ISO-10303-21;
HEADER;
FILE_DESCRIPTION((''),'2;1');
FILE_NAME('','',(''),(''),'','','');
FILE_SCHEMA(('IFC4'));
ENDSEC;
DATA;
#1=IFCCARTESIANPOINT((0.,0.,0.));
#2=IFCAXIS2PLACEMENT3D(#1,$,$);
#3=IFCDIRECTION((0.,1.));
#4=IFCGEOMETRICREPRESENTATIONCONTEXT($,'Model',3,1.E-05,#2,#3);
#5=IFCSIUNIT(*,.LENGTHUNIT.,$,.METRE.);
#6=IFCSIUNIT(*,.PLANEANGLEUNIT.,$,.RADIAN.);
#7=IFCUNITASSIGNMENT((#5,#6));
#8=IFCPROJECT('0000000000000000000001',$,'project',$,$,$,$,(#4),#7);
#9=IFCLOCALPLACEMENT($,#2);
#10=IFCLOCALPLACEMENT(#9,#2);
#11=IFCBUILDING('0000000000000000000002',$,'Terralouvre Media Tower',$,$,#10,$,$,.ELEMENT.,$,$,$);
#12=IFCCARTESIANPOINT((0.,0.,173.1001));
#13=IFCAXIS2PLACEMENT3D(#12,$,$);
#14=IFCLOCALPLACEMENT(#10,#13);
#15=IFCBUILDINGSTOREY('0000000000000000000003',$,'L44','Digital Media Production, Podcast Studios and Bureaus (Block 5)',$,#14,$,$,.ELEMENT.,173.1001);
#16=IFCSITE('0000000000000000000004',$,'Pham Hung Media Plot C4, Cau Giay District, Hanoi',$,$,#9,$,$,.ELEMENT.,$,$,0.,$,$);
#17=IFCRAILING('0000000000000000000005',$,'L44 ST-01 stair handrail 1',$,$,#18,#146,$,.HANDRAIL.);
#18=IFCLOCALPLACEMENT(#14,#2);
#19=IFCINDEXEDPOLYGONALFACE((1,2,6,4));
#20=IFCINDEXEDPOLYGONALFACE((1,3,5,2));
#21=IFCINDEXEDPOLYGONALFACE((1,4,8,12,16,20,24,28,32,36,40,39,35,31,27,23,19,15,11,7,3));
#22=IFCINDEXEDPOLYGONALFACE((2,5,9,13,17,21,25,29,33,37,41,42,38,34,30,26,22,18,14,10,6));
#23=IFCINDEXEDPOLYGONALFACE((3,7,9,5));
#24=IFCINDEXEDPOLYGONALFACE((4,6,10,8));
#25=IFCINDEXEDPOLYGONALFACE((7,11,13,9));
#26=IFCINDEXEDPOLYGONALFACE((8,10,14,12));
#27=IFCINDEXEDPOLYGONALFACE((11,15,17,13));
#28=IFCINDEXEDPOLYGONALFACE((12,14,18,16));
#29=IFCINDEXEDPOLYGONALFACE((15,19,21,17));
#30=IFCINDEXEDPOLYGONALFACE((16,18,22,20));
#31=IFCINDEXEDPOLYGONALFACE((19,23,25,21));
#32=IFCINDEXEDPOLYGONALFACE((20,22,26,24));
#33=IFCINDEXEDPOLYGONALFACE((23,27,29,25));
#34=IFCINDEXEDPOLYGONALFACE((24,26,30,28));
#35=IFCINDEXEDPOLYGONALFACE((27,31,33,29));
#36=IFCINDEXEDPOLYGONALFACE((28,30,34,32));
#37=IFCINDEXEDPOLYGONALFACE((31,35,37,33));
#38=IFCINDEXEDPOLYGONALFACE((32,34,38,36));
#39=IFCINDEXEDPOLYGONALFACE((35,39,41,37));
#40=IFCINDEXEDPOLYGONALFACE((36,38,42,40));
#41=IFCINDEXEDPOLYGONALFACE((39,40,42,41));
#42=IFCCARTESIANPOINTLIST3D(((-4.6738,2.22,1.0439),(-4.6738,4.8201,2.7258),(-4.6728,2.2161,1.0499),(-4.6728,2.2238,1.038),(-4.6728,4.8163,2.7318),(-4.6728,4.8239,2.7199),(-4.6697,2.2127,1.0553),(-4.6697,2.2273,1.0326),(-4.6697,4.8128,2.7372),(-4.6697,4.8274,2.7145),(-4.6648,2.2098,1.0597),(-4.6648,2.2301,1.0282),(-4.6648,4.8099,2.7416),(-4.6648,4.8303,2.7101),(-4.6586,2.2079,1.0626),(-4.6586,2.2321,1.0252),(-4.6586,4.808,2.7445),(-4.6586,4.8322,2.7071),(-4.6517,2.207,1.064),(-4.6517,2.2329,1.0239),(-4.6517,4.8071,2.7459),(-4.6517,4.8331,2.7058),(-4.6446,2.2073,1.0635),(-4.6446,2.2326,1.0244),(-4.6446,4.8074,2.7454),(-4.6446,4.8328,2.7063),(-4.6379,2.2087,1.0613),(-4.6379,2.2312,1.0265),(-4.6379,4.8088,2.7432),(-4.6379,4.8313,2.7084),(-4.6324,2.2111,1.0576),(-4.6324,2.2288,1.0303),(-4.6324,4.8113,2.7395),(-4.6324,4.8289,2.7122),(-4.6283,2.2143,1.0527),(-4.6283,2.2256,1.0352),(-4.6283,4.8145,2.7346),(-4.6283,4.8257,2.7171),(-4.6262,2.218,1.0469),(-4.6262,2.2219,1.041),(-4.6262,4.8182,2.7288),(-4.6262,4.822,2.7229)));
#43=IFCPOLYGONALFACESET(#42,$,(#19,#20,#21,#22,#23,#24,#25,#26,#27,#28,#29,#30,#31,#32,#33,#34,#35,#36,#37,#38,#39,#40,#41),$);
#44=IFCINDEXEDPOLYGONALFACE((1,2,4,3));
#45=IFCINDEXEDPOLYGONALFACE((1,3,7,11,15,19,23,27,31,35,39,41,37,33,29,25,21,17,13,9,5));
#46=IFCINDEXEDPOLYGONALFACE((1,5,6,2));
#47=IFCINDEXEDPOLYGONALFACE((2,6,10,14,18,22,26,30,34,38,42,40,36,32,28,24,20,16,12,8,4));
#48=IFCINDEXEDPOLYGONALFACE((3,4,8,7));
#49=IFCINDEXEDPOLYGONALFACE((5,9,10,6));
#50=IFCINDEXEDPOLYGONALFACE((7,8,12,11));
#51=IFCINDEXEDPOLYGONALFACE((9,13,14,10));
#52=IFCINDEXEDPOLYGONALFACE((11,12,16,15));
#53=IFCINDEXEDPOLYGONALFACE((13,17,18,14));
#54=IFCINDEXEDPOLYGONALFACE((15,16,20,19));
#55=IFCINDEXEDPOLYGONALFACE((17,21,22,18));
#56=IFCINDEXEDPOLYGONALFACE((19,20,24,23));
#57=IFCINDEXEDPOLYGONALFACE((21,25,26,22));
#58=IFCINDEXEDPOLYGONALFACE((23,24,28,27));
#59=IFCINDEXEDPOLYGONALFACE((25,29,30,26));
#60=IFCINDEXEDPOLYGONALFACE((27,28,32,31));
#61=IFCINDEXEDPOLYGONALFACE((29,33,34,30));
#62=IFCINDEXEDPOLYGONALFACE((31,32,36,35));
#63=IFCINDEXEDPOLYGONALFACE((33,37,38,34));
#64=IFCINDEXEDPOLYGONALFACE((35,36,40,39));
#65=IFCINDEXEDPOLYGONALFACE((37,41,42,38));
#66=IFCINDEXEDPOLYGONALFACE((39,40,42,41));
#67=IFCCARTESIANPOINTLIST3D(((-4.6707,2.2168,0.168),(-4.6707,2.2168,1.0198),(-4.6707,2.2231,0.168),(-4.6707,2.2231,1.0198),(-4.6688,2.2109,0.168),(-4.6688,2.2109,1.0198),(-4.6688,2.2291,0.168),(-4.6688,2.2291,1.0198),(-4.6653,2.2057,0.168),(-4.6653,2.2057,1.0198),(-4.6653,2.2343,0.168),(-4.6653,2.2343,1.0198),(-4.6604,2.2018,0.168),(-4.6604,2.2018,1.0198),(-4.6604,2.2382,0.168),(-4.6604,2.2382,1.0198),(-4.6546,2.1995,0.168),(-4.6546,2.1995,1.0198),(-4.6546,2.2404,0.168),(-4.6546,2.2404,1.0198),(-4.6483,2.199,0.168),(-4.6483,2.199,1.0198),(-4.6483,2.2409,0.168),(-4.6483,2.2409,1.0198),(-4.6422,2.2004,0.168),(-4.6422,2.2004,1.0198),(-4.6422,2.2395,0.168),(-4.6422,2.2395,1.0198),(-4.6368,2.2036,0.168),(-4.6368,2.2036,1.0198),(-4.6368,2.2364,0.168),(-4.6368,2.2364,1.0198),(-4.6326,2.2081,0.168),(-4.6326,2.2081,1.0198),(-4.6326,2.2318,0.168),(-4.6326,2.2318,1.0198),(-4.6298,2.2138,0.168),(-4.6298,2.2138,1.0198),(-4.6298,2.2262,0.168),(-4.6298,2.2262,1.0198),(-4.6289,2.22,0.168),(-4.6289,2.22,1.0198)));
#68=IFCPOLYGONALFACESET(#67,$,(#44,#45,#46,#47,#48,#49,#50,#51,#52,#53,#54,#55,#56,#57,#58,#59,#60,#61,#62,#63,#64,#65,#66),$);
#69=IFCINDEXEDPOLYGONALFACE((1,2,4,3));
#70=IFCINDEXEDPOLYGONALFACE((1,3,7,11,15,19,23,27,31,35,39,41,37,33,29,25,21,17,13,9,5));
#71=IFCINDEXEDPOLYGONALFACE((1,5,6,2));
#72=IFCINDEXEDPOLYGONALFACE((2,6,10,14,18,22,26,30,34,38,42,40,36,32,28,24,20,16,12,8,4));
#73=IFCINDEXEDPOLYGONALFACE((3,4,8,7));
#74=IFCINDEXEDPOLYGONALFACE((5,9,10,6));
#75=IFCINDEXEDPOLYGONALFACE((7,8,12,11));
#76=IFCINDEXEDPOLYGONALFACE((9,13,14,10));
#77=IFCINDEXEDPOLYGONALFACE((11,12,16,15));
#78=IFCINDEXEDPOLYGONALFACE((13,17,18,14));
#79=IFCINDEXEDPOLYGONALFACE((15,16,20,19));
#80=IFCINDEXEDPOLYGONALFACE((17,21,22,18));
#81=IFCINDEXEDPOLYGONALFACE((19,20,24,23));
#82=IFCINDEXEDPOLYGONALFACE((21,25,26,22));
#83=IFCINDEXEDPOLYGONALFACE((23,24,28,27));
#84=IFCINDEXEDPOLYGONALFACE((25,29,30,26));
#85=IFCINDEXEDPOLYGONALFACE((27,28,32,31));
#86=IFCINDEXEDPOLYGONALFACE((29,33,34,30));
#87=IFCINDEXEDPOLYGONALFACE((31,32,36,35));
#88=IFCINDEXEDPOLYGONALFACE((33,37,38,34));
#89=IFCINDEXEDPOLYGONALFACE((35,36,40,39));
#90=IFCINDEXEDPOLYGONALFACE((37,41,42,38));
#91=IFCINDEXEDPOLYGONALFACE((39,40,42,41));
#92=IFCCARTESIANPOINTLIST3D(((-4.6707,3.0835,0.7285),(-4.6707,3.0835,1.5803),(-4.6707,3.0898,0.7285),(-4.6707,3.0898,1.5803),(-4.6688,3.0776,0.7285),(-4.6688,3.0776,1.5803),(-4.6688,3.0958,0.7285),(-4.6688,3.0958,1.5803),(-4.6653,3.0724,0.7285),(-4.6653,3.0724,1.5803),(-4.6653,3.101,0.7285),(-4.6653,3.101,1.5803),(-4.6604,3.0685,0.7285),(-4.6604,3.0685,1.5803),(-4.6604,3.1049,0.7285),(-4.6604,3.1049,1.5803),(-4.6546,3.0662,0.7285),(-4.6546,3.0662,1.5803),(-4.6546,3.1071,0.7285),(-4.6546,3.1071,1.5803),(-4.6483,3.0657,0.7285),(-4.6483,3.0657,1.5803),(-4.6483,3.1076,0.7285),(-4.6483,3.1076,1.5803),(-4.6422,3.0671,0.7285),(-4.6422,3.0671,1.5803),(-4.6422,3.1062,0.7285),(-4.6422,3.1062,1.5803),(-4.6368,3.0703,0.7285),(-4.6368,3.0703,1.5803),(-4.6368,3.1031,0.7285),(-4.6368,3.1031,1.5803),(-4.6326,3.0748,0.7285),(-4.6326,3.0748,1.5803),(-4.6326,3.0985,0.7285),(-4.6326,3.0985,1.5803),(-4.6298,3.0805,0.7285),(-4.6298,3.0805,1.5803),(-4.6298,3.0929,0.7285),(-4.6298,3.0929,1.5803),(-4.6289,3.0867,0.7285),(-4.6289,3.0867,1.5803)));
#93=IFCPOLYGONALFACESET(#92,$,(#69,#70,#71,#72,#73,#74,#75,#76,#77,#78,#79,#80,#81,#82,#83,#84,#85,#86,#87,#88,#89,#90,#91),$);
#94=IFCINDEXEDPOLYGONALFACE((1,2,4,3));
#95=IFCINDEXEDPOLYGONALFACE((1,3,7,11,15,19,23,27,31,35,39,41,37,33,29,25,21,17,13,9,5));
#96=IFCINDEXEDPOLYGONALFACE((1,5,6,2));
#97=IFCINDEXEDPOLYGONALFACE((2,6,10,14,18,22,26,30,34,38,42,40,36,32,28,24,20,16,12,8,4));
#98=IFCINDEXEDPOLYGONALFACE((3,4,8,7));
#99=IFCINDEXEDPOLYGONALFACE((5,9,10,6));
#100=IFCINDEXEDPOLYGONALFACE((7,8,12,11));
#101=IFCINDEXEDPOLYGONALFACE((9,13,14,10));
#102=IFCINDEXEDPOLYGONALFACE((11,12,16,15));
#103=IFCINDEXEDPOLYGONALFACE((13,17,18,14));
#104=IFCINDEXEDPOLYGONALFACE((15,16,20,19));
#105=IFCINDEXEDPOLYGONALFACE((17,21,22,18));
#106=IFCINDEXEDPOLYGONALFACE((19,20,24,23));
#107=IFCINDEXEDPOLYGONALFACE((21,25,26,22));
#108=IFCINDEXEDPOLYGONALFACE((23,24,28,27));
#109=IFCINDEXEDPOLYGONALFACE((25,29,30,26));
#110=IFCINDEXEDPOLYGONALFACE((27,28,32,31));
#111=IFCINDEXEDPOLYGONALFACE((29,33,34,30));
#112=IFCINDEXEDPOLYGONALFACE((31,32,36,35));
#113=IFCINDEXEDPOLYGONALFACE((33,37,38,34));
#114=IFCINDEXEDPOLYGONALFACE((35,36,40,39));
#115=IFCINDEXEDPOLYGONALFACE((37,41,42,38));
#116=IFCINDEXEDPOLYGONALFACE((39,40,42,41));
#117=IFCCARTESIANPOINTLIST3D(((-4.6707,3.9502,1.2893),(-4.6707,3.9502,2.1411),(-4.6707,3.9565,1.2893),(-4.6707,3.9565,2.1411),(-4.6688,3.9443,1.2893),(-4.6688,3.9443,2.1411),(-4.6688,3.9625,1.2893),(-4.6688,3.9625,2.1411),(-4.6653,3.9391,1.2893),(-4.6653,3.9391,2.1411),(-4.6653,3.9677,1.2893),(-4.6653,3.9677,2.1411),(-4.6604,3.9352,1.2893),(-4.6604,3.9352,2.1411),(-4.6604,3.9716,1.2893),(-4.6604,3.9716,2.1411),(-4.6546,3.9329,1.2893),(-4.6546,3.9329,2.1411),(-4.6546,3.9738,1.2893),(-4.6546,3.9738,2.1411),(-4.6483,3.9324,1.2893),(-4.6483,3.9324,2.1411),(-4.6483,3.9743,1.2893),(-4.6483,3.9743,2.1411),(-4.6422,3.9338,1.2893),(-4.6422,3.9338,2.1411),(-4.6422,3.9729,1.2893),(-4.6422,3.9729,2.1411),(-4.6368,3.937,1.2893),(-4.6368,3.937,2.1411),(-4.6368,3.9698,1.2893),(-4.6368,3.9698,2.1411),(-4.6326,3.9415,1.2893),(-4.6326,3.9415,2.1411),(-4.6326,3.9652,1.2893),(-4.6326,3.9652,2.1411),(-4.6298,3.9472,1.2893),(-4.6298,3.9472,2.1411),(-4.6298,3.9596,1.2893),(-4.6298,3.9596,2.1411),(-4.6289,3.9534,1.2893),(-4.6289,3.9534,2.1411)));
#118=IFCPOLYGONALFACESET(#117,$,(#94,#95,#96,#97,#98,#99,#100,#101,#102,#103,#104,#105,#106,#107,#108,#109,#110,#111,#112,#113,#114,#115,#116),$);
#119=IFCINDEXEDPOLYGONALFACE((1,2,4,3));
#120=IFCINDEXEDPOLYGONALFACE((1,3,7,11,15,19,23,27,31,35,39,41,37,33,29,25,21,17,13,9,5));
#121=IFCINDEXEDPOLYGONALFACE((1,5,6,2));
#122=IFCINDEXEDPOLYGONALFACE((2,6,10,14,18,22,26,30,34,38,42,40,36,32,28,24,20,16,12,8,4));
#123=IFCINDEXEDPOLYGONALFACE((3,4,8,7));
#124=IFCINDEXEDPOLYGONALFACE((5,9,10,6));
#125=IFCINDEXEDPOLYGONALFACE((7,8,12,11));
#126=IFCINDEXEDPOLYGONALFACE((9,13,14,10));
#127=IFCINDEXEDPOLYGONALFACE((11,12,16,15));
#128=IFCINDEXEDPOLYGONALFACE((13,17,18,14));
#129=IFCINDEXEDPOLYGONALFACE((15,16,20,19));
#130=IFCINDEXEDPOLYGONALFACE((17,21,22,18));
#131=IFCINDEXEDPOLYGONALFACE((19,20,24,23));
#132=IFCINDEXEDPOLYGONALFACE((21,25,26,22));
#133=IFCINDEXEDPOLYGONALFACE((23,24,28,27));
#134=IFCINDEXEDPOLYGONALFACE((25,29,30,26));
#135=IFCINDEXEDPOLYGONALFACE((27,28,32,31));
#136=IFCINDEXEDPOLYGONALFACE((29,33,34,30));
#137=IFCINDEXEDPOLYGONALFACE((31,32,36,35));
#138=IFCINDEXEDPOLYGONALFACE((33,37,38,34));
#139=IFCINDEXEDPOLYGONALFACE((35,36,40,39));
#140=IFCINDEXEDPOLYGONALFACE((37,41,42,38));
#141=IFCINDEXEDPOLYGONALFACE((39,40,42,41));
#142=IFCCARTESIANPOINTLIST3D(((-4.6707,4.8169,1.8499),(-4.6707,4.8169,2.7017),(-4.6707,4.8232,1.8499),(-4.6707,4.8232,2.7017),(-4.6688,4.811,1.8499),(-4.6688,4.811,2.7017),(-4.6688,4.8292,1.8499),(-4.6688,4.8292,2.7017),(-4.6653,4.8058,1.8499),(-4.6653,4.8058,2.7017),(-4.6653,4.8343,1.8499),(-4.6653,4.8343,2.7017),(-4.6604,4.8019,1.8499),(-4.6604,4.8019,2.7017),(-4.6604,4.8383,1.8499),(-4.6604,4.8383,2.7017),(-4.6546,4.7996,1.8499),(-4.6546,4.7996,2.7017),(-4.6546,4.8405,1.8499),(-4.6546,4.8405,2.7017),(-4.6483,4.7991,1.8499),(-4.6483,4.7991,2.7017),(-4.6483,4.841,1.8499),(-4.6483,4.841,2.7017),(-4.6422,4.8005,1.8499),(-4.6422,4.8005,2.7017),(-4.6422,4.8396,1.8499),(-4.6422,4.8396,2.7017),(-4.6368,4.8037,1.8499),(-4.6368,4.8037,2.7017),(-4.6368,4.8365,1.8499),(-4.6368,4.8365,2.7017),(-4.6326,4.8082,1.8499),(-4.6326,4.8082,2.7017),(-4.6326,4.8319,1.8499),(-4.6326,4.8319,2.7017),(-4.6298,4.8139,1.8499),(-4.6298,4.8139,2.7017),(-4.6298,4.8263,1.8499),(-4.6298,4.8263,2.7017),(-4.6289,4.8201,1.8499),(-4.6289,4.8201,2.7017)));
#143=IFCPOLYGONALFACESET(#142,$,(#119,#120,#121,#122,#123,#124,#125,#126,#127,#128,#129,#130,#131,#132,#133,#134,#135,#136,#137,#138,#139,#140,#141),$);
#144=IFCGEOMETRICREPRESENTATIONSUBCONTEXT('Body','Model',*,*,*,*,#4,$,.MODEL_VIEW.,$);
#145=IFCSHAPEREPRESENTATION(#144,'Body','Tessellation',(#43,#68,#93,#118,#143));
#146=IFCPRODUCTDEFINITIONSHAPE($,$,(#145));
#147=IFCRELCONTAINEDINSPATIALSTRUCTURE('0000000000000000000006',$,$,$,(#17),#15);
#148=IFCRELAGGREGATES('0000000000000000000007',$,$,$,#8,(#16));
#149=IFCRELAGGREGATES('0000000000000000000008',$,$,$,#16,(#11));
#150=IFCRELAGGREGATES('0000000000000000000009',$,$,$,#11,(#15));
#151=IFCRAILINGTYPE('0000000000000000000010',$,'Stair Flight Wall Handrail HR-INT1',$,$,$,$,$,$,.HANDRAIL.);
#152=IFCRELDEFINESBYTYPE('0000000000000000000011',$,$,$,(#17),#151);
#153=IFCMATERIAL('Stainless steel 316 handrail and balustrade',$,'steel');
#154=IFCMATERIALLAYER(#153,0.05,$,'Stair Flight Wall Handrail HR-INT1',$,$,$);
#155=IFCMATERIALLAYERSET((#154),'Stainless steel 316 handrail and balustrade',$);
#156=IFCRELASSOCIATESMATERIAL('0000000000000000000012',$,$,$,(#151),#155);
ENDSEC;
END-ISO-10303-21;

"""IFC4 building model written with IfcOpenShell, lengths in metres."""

from ifc_helpers import new_model, si_unit, direction, frame, origin, origin_2d, place, context, subcontext, project, spatial, circle, extrude, material, layer, layer_set, type_object, element, save


model = new_model("IFC4")

# Units and contexts
model_context = context("Model", 3, precision=1e-05, world=origin(), true_north=direction((0.0, 1.0)))
body_context = subcontext(model_context, "Body", "Model", "MODEL_VIEW")
ifc_project = project(units=[si_unit("LENGTHUNIT", "METRE"), si_unit("PLANEANGLEUNIT", "RADIAN")], contexts=[model_context])

# Site, building, storey
site_placement = place(None, origin())
site = spatial("IfcSite", under=ifc_project, at=site_placement, Name="Pham Hung Media Plot C4, Cau Giay District, Hanoi", CompositionType="ELEMENT", RefElevation=0.0)
building_placement = place(site_placement, origin())
building = spatial("IfcBuilding", under=site, at=building_placement, Name="Terralouvre Media Tower", CompositionType="ELEMENT")
storey_placement = place(building_placement, frame((0.0, 0.0, 173.1001)))
storey = spatial("IfcBuildingStorey", under=building, at=storey_placement, Name="L44", Description="Digital Media Production, Podcast Studios and Bureaus (Block 5)", CompositionType="ELEMENT", Elevation=173.1001)

# Railing
ifc_material_1 = material(Name="Stainless steel 316 handrail and balustrade", Category="steel")
ifc_layer_1 = layer(ifc_material_1, 0.05, Name="Stair Flight Wall Handrail HR-INT1")
ifc_layer_set_1 = layer_set([ifc_layer_1], Name="Stainless steel 316 handrail and balustrade")
railing_type_1 = type_object("IfcRailingType", Name="Stair Flight Wall Handrail HR-INT1", PredefinedType="HANDRAIL", material=ifc_layer_set_1)
railing_1_placement = place(storey_placement, frame((-4.6499, 2.22, 0.168)))
element("IfcRailing", 1, at=railing_1_placement, inside=storey, type_object=railing_type_1, Name="L44 ST-01 stair handrail 1", PredefinedType="HANDRAIL", context=body_context, shape_type="SweptSolid", body=[
    extrude(circle(Radius=0.0239, at=origin_2d()), frame((0.0, 0.0, 0.876), z_axis=(0.0, 0.839648, 0.54313), x_axis=(-1.0, 0.0, 0.0)), (0.0, 0.0, 1.0), 3.0967),
    extrude(circle(Radius=0.021, at=origin_2d()), origin(), (0.0, 0.0, 1.0), 0.8518),
    extrude(circle(Radius=0.021, at=origin_2d()), frame((0.0, 0.8667, 0.5605)), (0.0, 0.0, 1.0), 0.8518),
    extrude(circle(Radius=0.021, at=origin_2d()), frame((0.0, 1.7334, 1.1213)), (0.0, 0.0, 1.0), 0.8518),
    extrude(circle(Radius=0.021, at=origin_2d()), frame((0.0, 2.6001, 1.6819)), (0.0, 0.0, 1.0), 0.8518),
])

save(model, "model.ifc")
